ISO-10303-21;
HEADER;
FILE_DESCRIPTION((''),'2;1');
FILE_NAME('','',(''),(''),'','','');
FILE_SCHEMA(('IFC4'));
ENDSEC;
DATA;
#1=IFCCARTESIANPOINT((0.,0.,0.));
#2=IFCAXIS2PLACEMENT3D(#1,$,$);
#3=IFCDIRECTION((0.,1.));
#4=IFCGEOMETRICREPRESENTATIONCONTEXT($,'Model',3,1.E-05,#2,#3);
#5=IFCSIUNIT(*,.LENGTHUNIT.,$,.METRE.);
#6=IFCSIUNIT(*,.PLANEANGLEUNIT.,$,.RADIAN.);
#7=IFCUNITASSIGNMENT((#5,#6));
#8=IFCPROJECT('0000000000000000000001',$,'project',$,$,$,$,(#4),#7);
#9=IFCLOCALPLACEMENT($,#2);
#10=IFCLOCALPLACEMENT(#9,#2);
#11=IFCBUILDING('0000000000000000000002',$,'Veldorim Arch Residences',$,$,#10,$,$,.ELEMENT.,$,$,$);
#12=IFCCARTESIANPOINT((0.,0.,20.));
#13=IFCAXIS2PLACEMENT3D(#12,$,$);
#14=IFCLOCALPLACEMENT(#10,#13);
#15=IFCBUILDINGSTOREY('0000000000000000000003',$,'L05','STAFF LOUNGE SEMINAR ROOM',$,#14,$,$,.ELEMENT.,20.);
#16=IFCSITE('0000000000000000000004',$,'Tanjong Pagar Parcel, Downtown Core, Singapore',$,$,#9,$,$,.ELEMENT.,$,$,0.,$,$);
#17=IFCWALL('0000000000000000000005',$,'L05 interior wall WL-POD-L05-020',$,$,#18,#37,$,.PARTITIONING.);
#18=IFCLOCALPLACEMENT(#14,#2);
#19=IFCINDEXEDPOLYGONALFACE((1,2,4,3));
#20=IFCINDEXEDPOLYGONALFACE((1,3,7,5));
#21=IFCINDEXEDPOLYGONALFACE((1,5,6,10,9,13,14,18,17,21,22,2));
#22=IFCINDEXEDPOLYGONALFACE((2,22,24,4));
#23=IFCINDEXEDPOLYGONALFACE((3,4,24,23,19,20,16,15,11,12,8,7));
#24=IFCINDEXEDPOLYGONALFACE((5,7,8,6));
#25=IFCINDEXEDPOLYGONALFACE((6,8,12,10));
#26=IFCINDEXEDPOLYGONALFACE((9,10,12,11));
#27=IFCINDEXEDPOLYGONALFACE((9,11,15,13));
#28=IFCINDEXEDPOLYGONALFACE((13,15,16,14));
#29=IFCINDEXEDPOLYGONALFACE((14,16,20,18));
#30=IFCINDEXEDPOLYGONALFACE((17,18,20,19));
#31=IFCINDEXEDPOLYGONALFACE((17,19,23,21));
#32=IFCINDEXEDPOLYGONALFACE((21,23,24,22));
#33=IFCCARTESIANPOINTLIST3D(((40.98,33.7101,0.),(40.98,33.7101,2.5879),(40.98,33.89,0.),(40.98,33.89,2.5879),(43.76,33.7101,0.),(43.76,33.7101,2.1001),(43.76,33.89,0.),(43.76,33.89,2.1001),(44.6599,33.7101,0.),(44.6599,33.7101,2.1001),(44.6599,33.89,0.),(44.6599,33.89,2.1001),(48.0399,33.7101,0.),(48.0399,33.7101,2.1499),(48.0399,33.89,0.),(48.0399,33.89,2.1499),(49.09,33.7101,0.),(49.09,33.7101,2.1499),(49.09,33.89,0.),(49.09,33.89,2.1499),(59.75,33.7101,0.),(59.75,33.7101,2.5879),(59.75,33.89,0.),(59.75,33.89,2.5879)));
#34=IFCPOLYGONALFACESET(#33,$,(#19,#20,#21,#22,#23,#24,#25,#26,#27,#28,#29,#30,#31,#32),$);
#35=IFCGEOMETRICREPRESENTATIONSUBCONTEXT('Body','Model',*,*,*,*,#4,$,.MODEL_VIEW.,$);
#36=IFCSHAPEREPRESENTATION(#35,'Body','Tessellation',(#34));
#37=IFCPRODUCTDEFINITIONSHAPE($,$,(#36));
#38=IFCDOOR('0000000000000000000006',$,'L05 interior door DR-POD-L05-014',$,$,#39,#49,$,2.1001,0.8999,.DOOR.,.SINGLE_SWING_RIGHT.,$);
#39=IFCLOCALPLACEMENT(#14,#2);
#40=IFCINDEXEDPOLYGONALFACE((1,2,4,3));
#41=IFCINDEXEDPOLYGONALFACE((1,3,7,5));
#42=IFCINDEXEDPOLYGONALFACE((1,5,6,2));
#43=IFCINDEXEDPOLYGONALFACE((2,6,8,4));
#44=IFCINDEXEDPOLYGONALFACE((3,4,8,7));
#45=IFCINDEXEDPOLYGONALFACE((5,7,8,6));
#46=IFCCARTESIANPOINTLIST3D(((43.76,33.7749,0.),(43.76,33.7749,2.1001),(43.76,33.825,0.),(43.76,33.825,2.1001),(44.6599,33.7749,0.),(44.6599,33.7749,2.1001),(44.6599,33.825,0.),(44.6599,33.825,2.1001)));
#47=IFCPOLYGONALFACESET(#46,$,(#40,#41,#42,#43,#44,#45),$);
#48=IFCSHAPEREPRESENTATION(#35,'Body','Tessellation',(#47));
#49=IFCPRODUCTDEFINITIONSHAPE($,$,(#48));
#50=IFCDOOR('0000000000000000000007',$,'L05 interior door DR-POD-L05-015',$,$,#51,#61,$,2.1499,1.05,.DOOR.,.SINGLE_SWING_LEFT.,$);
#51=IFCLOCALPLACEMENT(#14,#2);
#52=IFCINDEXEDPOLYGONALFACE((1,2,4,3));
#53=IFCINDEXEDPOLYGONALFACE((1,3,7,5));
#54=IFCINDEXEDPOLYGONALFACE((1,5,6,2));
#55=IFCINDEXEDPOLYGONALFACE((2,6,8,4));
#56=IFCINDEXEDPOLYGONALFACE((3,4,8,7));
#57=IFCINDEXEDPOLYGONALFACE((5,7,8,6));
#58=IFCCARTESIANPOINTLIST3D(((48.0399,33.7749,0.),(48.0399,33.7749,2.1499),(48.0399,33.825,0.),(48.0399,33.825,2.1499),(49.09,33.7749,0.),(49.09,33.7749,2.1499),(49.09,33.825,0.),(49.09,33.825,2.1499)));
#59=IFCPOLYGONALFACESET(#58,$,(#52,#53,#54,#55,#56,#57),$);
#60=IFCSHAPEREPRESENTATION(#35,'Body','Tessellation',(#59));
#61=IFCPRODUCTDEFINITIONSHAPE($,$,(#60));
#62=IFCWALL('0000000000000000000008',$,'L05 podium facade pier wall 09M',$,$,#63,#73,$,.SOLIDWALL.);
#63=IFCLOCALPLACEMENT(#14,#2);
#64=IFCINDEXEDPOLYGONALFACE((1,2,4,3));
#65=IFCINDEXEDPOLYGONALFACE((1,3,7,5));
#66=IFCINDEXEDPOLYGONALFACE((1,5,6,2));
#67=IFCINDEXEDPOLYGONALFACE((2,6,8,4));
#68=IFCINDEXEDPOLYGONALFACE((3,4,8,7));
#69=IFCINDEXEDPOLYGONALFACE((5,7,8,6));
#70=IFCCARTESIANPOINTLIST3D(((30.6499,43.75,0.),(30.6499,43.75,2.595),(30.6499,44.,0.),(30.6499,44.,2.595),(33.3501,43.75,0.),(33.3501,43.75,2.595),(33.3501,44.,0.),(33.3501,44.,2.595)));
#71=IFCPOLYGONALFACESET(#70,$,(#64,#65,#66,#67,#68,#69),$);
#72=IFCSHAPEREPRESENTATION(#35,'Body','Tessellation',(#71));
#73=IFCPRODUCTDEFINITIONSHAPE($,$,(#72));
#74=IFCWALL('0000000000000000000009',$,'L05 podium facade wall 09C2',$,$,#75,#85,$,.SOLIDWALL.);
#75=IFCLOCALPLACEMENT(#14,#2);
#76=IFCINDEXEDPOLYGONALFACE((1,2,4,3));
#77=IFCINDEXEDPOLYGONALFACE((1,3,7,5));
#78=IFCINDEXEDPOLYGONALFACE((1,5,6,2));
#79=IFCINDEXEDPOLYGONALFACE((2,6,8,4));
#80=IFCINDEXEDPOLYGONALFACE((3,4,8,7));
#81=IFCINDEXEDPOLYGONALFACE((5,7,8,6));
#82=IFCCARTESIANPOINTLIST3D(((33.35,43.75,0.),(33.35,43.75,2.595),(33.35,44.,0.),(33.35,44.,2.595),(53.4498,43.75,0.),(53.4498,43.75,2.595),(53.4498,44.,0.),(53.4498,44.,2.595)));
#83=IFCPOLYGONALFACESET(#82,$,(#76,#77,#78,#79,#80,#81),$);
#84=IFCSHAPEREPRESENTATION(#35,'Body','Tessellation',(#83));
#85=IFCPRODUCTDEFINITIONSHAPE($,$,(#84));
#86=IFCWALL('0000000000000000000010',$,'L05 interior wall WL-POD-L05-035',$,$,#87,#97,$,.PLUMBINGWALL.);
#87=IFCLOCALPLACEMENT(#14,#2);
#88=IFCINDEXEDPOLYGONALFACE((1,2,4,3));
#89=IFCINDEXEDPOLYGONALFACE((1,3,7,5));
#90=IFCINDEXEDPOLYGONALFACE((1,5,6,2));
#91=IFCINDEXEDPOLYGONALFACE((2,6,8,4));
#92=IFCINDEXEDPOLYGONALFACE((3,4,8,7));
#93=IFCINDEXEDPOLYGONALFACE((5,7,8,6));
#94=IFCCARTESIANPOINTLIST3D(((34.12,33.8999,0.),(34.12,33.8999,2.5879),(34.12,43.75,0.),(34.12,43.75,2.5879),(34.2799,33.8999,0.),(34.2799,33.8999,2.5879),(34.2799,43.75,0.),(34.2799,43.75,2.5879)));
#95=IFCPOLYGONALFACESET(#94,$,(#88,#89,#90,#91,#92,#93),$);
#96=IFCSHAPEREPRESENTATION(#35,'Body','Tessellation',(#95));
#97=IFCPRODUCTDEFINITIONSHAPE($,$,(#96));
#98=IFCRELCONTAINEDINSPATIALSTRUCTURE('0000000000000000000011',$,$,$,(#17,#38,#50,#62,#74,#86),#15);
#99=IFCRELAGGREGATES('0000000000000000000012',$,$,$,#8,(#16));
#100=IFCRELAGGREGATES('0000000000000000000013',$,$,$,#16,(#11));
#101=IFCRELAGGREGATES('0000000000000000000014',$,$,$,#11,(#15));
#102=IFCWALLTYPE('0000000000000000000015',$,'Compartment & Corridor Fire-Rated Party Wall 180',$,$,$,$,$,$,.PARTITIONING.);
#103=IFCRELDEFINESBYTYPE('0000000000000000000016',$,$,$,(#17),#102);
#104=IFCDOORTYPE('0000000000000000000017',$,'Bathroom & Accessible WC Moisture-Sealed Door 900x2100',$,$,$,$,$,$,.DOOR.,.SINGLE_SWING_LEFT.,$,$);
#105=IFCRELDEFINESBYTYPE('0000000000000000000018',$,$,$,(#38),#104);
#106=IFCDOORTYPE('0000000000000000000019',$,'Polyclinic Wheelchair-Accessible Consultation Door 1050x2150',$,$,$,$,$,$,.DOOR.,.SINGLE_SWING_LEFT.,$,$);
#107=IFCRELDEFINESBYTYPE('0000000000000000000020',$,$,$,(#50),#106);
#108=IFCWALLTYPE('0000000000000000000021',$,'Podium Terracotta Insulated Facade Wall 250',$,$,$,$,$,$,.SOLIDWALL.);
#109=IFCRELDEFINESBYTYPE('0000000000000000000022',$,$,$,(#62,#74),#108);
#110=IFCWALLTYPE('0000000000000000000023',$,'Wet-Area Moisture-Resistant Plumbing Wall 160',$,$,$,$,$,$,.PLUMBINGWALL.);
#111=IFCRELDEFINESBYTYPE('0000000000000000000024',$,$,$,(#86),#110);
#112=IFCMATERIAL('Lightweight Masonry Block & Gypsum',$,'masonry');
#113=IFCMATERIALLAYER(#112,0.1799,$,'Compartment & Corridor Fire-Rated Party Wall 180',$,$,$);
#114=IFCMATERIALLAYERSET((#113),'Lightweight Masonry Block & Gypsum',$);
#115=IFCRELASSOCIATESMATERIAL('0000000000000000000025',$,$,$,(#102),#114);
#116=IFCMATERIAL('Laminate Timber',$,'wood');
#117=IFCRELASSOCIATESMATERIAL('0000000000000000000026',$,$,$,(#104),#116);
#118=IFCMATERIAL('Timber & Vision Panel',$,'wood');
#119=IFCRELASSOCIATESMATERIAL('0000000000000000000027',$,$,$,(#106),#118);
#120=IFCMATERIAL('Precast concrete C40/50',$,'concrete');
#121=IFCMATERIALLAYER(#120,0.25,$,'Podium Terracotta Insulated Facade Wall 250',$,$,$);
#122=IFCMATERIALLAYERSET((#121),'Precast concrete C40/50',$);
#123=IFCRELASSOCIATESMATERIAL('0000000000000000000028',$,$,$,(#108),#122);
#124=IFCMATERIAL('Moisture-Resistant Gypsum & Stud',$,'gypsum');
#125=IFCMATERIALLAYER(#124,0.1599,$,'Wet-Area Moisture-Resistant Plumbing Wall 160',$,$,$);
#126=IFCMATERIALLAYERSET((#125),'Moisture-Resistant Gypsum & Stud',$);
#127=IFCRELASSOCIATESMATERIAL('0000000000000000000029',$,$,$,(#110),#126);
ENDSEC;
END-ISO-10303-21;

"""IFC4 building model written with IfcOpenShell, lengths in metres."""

from ifc_helpers import new_model, si_unit, direction, frame, frame_2d, origin, place, context, subcontext, project, spatial, rectangle, extrude, material, layer, layer_set, type_object, element, fill, save


model = new_model("IFC4")

# Units and contexts
model_context = context("Model", 3, precision=1e-05, world=origin(), true_north=direction((0.0, 1.0)))
body_context = subcontext(model_context, "Body", "Model", "MODEL_VIEW")
ifc_project = project(units=[si_unit("LENGTHUNIT", "METRE"), si_unit("PLANEANGLEUNIT", "RADIAN")], contexts=[model_context])

# Site, building, storey
site_placement = place(None, origin())
site = spatial("IfcSite", under=ifc_project, at=site_placement, Name="Tanjong Pagar Parcel, Downtown Core, Singapore", CompositionType="ELEMENT", RefElevation=0.0)
building_placement = place(site_placement, origin())
building = spatial("IfcBuilding", under=site, at=building_placement, Name="Veldorim Arch Residences", CompositionType="ELEMENT")
storey_placement = place(building_placement, frame((0.0, 0.0, 20.0)))
storey = spatial("IfcBuildingStorey", under=building, at=storey_placement, Name="L05", Description="STAFF LOUNGE SEMINAR ROOM", CompositionType="ELEMENT", Elevation=20.0)

# Wall, openings, doors
ifc_material_1 = material(Name="Lightweight Masonry Block & Gypsum", Category="masonry")
ifc_layer_1 = layer(ifc_material_1, 0.1799, Name="Compartment & Corridor Fire-Rated Party Wall 180")
ifc_layer_set_1 = layer_set([ifc_layer_1], Name="Lightweight Masonry Block & Gypsum")
wall_type_1 = type_object("IfcWallType", Name="Compartment & Corridor Fire-Rated Party Wall 180", PredefinedType="PARTITIONING", material=ifc_layer_set_1)
wall_1_placement = place(storey_placement, frame((40.98, 33.8, 0.0), z_axis=(0.0, 0.0, 1.0), x_axis=(1.0, 0.0, 0.0)))
wall_1 = element("IfcWall", 1, at=wall_1_placement, inside=storey, type_object=wall_type_1, Name="L05 interior wall WL-POD-L05-020", PredefinedType="PARTITIONING", context=body_context, shape_type="SweptSolid", body=[
    extrude(rectangle(XDim=18.77, YDim=0.1799, at=frame_2d((9.385, 0.0))), origin(), (0.0, 0.0, 1.0), 2.5879),
])
opening_1_placement = place(wall_1_placement, frame((2.78, 0.0, 0.0)))
opening_1 = element("IfcOpeningElement", 2, at=opening_1_placement, cuts=wall_1, PredefinedType="OPENING", context=body_context, shape_type="SweptSolid", body=[
    extrude(rectangle(XDim=0.8999, YDim=2.1001, at=frame_2d((0.45, 1.05))), frame((0.0, 0.0999, 0.0), z_axis=(0.0, -1.0, 0.0), x_axis=(1.0, 0.0, 0.0)), (0.0, 0.0, 1.0), 0.2),
])
opening_2_placement = place(wall_1_placement, frame((7.0601, 0.0, 0.0)))
opening_2 = element("IfcOpeningElement", 3, at=opening_2_placement, cuts=wall_1, PredefinedType="OPENING", context=body_context, shape_type="SweptSolid", body=[
    extrude(rectangle(XDim=1.05, YDim=2.1499, at=frame_2d((0.5249, 1.075))), frame((0.0, 0.0999, 0.0), z_axis=(0.0, -1.0, 0.0), x_axis=(1.0, 0.0, 0.0)), (0.0, 0.0, 1.0), 0.2),
])
ifc_material_2 = material(Name="Laminate Timber", Category="wood")
door_type_1 = type_object("IfcDoorType", Name="Bathroom & Accessible WC Moisture-Sealed Door 900x2100", OperationType="SINGLE_SWING_LEFT", PredefinedType="DOOR", material=ifc_material_2)
door_1_placement = place(opening_1_placement, origin())
door_1 = element("IfcDoor", 4, at=door_1_placement, inside=storey, type_object=door_type_1, Name="L05 interior door DR-POD-L05-014", OperationType="SINGLE_SWING_RIGHT", OverallHeight=2.1001, OverallWidth=0.8999, PredefinedType="DOOR", context=body_context, shape_type="SweptSolid", body=[
    extrude(rectangle(XDim=0.8999, YDim=2.1001, at=frame_2d((0.45, 1.05))), frame((0.0, 0.0249, 0.0), z_axis=(0.0, -1.0, 0.0), x_axis=(1.0, 0.0, 0.0)), (0.0, 0.0, 1.0), 0.05),
])
fill(opening_1, door_1)
ifc_material_3 = material(Name="Timber & Vision Panel", Category="wood")
door_type_2 = type_object("IfcDoorType", Name="Polyclinic Wheelchair-Accessible Consultation Door 1050x2150", OperationType="SINGLE_SWING_LEFT", PredefinedType="DOOR", material=ifc_material_3)
door_2_placement = place(opening_2_placement, origin())
door_2 = element("IfcDoor", 5, at=door_2_placement, inside=storey, type_object=door_type_2, Name="L05 interior door DR-POD-L05-015", OperationType="SINGLE_SWING_LEFT", OverallHeight=2.1499, OverallWidth=1.05, PredefinedType="DOOR", context=body_context, shape_type="SweptSolid", body=[
    extrude(rectangle(XDim=1.05, YDim=2.1499, at=frame_2d((0.5249, 1.075))), frame((0.0, 0.0249, 0.0), z_axis=(0.0, -1.0, 0.0), x_axis=(1.0, 0.0, 0.0)), (0.0, 0.0, 1.0), 0.05),
])
fill(opening_2, door_2)

# Walls
ifc_material_4 = material(Name="Precast concrete C40/50", Category="concrete")
ifc_layer_2 = layer(ifc_material_4, 0.25, Name="Podium Terracotta Insulated Facade Wall 250")
ifc_layer_set_2 = layer_set([ifc_layer_2], Name="Precast concrete C40/50")
wall_type_2 = type_object("IfcWallType", Name="Podium Terracotta Insulated Facade Wall 250", PredefinedType="SOLIDWALL", material=ifc_layer_set_2)
wall_2_placement = place(storey_placement, frame((30.6499, 43.875, 0.0), z_axis=(0.0, 0.0, 1.0), x_axis=(1.0, 0.0, 0.0)))
element("IfcWall", 6, at=wall_2_placement, inside=storey, type_object=wall_type_2, Name="L05 podium facade pier wall 09M", PredefinedType="SOLIDWALL", context=body_context, shape_type="SweptSolid", body=[
    extrude(rectangle(XDim=2.7002, YDim=0.25, at=frame_2d((1.3501, 0.0))), origin(), (0.0, 0.0, 1.0), 2.595),
])
wall_3_placement = place(storey_placement, frame((33.3501, 43.875, 0.0), z_axis=(0.0, 0.0, 1.0), x_axis=(1.0, 0.0, 0.0)))
element("IfcWall", 7, at=wall_3_placement, inside=storey, type_object=wall_type_2, Name="L05 podium facade wall 09C2", PredefinedType="SOLIDWALL", context=body_context, shape_type="SweptSolid", body=[
    extrude(rectangle(XDim=20.0999, YDim=0.25, at=frame_2d((10.0498, 0.0))), origin(), (0.0, 0.0, 1.0), 2.595),
])
ifc_material_5 = material(Name="Moisture-Resistant Gypsum & Stud", Category="gypsum")
ifc_layer_3 = layer(ifc_material_5, 0.1599, Name="Wet-Area Moisture-Resistant Plumbing Wall 160")
ifc_layer_set_3 = layer_set([ifc_layer_3], Name="Moisture-Resistant Gypsum & Stud")
wall_type_3 = type_object("IfcWallType", Name="Wet-Area Moisture-Resistant Plumbing Wall 160", PredefinedType="PLUMBINGWALL", material=ifc_layer_set_3)
wall_4_placement = place(storey_placement, frame((34.2, 43.75, 0.0), z_axis=(0.0, 0.0, 1.0), x_axis=(0.0, -1.0, 0.0)))
element("IfcWall", 8, at=wall_4_placement, inside=storey, type_object=wall_type_3, Name="L05 interior wall WL-POD-L05-035", PredefinedType="PLUMBINGWALL", context=body_context, shape_type="SweptSolid", body=[
    extrude(rectangle(XDim=9.8501, YDim=0.1599, at=frame_2d((4.925, 0.0))), origin(), (0.0, 0.0, 1.0), 2.5879),
])

save(model, "model.ifc")
